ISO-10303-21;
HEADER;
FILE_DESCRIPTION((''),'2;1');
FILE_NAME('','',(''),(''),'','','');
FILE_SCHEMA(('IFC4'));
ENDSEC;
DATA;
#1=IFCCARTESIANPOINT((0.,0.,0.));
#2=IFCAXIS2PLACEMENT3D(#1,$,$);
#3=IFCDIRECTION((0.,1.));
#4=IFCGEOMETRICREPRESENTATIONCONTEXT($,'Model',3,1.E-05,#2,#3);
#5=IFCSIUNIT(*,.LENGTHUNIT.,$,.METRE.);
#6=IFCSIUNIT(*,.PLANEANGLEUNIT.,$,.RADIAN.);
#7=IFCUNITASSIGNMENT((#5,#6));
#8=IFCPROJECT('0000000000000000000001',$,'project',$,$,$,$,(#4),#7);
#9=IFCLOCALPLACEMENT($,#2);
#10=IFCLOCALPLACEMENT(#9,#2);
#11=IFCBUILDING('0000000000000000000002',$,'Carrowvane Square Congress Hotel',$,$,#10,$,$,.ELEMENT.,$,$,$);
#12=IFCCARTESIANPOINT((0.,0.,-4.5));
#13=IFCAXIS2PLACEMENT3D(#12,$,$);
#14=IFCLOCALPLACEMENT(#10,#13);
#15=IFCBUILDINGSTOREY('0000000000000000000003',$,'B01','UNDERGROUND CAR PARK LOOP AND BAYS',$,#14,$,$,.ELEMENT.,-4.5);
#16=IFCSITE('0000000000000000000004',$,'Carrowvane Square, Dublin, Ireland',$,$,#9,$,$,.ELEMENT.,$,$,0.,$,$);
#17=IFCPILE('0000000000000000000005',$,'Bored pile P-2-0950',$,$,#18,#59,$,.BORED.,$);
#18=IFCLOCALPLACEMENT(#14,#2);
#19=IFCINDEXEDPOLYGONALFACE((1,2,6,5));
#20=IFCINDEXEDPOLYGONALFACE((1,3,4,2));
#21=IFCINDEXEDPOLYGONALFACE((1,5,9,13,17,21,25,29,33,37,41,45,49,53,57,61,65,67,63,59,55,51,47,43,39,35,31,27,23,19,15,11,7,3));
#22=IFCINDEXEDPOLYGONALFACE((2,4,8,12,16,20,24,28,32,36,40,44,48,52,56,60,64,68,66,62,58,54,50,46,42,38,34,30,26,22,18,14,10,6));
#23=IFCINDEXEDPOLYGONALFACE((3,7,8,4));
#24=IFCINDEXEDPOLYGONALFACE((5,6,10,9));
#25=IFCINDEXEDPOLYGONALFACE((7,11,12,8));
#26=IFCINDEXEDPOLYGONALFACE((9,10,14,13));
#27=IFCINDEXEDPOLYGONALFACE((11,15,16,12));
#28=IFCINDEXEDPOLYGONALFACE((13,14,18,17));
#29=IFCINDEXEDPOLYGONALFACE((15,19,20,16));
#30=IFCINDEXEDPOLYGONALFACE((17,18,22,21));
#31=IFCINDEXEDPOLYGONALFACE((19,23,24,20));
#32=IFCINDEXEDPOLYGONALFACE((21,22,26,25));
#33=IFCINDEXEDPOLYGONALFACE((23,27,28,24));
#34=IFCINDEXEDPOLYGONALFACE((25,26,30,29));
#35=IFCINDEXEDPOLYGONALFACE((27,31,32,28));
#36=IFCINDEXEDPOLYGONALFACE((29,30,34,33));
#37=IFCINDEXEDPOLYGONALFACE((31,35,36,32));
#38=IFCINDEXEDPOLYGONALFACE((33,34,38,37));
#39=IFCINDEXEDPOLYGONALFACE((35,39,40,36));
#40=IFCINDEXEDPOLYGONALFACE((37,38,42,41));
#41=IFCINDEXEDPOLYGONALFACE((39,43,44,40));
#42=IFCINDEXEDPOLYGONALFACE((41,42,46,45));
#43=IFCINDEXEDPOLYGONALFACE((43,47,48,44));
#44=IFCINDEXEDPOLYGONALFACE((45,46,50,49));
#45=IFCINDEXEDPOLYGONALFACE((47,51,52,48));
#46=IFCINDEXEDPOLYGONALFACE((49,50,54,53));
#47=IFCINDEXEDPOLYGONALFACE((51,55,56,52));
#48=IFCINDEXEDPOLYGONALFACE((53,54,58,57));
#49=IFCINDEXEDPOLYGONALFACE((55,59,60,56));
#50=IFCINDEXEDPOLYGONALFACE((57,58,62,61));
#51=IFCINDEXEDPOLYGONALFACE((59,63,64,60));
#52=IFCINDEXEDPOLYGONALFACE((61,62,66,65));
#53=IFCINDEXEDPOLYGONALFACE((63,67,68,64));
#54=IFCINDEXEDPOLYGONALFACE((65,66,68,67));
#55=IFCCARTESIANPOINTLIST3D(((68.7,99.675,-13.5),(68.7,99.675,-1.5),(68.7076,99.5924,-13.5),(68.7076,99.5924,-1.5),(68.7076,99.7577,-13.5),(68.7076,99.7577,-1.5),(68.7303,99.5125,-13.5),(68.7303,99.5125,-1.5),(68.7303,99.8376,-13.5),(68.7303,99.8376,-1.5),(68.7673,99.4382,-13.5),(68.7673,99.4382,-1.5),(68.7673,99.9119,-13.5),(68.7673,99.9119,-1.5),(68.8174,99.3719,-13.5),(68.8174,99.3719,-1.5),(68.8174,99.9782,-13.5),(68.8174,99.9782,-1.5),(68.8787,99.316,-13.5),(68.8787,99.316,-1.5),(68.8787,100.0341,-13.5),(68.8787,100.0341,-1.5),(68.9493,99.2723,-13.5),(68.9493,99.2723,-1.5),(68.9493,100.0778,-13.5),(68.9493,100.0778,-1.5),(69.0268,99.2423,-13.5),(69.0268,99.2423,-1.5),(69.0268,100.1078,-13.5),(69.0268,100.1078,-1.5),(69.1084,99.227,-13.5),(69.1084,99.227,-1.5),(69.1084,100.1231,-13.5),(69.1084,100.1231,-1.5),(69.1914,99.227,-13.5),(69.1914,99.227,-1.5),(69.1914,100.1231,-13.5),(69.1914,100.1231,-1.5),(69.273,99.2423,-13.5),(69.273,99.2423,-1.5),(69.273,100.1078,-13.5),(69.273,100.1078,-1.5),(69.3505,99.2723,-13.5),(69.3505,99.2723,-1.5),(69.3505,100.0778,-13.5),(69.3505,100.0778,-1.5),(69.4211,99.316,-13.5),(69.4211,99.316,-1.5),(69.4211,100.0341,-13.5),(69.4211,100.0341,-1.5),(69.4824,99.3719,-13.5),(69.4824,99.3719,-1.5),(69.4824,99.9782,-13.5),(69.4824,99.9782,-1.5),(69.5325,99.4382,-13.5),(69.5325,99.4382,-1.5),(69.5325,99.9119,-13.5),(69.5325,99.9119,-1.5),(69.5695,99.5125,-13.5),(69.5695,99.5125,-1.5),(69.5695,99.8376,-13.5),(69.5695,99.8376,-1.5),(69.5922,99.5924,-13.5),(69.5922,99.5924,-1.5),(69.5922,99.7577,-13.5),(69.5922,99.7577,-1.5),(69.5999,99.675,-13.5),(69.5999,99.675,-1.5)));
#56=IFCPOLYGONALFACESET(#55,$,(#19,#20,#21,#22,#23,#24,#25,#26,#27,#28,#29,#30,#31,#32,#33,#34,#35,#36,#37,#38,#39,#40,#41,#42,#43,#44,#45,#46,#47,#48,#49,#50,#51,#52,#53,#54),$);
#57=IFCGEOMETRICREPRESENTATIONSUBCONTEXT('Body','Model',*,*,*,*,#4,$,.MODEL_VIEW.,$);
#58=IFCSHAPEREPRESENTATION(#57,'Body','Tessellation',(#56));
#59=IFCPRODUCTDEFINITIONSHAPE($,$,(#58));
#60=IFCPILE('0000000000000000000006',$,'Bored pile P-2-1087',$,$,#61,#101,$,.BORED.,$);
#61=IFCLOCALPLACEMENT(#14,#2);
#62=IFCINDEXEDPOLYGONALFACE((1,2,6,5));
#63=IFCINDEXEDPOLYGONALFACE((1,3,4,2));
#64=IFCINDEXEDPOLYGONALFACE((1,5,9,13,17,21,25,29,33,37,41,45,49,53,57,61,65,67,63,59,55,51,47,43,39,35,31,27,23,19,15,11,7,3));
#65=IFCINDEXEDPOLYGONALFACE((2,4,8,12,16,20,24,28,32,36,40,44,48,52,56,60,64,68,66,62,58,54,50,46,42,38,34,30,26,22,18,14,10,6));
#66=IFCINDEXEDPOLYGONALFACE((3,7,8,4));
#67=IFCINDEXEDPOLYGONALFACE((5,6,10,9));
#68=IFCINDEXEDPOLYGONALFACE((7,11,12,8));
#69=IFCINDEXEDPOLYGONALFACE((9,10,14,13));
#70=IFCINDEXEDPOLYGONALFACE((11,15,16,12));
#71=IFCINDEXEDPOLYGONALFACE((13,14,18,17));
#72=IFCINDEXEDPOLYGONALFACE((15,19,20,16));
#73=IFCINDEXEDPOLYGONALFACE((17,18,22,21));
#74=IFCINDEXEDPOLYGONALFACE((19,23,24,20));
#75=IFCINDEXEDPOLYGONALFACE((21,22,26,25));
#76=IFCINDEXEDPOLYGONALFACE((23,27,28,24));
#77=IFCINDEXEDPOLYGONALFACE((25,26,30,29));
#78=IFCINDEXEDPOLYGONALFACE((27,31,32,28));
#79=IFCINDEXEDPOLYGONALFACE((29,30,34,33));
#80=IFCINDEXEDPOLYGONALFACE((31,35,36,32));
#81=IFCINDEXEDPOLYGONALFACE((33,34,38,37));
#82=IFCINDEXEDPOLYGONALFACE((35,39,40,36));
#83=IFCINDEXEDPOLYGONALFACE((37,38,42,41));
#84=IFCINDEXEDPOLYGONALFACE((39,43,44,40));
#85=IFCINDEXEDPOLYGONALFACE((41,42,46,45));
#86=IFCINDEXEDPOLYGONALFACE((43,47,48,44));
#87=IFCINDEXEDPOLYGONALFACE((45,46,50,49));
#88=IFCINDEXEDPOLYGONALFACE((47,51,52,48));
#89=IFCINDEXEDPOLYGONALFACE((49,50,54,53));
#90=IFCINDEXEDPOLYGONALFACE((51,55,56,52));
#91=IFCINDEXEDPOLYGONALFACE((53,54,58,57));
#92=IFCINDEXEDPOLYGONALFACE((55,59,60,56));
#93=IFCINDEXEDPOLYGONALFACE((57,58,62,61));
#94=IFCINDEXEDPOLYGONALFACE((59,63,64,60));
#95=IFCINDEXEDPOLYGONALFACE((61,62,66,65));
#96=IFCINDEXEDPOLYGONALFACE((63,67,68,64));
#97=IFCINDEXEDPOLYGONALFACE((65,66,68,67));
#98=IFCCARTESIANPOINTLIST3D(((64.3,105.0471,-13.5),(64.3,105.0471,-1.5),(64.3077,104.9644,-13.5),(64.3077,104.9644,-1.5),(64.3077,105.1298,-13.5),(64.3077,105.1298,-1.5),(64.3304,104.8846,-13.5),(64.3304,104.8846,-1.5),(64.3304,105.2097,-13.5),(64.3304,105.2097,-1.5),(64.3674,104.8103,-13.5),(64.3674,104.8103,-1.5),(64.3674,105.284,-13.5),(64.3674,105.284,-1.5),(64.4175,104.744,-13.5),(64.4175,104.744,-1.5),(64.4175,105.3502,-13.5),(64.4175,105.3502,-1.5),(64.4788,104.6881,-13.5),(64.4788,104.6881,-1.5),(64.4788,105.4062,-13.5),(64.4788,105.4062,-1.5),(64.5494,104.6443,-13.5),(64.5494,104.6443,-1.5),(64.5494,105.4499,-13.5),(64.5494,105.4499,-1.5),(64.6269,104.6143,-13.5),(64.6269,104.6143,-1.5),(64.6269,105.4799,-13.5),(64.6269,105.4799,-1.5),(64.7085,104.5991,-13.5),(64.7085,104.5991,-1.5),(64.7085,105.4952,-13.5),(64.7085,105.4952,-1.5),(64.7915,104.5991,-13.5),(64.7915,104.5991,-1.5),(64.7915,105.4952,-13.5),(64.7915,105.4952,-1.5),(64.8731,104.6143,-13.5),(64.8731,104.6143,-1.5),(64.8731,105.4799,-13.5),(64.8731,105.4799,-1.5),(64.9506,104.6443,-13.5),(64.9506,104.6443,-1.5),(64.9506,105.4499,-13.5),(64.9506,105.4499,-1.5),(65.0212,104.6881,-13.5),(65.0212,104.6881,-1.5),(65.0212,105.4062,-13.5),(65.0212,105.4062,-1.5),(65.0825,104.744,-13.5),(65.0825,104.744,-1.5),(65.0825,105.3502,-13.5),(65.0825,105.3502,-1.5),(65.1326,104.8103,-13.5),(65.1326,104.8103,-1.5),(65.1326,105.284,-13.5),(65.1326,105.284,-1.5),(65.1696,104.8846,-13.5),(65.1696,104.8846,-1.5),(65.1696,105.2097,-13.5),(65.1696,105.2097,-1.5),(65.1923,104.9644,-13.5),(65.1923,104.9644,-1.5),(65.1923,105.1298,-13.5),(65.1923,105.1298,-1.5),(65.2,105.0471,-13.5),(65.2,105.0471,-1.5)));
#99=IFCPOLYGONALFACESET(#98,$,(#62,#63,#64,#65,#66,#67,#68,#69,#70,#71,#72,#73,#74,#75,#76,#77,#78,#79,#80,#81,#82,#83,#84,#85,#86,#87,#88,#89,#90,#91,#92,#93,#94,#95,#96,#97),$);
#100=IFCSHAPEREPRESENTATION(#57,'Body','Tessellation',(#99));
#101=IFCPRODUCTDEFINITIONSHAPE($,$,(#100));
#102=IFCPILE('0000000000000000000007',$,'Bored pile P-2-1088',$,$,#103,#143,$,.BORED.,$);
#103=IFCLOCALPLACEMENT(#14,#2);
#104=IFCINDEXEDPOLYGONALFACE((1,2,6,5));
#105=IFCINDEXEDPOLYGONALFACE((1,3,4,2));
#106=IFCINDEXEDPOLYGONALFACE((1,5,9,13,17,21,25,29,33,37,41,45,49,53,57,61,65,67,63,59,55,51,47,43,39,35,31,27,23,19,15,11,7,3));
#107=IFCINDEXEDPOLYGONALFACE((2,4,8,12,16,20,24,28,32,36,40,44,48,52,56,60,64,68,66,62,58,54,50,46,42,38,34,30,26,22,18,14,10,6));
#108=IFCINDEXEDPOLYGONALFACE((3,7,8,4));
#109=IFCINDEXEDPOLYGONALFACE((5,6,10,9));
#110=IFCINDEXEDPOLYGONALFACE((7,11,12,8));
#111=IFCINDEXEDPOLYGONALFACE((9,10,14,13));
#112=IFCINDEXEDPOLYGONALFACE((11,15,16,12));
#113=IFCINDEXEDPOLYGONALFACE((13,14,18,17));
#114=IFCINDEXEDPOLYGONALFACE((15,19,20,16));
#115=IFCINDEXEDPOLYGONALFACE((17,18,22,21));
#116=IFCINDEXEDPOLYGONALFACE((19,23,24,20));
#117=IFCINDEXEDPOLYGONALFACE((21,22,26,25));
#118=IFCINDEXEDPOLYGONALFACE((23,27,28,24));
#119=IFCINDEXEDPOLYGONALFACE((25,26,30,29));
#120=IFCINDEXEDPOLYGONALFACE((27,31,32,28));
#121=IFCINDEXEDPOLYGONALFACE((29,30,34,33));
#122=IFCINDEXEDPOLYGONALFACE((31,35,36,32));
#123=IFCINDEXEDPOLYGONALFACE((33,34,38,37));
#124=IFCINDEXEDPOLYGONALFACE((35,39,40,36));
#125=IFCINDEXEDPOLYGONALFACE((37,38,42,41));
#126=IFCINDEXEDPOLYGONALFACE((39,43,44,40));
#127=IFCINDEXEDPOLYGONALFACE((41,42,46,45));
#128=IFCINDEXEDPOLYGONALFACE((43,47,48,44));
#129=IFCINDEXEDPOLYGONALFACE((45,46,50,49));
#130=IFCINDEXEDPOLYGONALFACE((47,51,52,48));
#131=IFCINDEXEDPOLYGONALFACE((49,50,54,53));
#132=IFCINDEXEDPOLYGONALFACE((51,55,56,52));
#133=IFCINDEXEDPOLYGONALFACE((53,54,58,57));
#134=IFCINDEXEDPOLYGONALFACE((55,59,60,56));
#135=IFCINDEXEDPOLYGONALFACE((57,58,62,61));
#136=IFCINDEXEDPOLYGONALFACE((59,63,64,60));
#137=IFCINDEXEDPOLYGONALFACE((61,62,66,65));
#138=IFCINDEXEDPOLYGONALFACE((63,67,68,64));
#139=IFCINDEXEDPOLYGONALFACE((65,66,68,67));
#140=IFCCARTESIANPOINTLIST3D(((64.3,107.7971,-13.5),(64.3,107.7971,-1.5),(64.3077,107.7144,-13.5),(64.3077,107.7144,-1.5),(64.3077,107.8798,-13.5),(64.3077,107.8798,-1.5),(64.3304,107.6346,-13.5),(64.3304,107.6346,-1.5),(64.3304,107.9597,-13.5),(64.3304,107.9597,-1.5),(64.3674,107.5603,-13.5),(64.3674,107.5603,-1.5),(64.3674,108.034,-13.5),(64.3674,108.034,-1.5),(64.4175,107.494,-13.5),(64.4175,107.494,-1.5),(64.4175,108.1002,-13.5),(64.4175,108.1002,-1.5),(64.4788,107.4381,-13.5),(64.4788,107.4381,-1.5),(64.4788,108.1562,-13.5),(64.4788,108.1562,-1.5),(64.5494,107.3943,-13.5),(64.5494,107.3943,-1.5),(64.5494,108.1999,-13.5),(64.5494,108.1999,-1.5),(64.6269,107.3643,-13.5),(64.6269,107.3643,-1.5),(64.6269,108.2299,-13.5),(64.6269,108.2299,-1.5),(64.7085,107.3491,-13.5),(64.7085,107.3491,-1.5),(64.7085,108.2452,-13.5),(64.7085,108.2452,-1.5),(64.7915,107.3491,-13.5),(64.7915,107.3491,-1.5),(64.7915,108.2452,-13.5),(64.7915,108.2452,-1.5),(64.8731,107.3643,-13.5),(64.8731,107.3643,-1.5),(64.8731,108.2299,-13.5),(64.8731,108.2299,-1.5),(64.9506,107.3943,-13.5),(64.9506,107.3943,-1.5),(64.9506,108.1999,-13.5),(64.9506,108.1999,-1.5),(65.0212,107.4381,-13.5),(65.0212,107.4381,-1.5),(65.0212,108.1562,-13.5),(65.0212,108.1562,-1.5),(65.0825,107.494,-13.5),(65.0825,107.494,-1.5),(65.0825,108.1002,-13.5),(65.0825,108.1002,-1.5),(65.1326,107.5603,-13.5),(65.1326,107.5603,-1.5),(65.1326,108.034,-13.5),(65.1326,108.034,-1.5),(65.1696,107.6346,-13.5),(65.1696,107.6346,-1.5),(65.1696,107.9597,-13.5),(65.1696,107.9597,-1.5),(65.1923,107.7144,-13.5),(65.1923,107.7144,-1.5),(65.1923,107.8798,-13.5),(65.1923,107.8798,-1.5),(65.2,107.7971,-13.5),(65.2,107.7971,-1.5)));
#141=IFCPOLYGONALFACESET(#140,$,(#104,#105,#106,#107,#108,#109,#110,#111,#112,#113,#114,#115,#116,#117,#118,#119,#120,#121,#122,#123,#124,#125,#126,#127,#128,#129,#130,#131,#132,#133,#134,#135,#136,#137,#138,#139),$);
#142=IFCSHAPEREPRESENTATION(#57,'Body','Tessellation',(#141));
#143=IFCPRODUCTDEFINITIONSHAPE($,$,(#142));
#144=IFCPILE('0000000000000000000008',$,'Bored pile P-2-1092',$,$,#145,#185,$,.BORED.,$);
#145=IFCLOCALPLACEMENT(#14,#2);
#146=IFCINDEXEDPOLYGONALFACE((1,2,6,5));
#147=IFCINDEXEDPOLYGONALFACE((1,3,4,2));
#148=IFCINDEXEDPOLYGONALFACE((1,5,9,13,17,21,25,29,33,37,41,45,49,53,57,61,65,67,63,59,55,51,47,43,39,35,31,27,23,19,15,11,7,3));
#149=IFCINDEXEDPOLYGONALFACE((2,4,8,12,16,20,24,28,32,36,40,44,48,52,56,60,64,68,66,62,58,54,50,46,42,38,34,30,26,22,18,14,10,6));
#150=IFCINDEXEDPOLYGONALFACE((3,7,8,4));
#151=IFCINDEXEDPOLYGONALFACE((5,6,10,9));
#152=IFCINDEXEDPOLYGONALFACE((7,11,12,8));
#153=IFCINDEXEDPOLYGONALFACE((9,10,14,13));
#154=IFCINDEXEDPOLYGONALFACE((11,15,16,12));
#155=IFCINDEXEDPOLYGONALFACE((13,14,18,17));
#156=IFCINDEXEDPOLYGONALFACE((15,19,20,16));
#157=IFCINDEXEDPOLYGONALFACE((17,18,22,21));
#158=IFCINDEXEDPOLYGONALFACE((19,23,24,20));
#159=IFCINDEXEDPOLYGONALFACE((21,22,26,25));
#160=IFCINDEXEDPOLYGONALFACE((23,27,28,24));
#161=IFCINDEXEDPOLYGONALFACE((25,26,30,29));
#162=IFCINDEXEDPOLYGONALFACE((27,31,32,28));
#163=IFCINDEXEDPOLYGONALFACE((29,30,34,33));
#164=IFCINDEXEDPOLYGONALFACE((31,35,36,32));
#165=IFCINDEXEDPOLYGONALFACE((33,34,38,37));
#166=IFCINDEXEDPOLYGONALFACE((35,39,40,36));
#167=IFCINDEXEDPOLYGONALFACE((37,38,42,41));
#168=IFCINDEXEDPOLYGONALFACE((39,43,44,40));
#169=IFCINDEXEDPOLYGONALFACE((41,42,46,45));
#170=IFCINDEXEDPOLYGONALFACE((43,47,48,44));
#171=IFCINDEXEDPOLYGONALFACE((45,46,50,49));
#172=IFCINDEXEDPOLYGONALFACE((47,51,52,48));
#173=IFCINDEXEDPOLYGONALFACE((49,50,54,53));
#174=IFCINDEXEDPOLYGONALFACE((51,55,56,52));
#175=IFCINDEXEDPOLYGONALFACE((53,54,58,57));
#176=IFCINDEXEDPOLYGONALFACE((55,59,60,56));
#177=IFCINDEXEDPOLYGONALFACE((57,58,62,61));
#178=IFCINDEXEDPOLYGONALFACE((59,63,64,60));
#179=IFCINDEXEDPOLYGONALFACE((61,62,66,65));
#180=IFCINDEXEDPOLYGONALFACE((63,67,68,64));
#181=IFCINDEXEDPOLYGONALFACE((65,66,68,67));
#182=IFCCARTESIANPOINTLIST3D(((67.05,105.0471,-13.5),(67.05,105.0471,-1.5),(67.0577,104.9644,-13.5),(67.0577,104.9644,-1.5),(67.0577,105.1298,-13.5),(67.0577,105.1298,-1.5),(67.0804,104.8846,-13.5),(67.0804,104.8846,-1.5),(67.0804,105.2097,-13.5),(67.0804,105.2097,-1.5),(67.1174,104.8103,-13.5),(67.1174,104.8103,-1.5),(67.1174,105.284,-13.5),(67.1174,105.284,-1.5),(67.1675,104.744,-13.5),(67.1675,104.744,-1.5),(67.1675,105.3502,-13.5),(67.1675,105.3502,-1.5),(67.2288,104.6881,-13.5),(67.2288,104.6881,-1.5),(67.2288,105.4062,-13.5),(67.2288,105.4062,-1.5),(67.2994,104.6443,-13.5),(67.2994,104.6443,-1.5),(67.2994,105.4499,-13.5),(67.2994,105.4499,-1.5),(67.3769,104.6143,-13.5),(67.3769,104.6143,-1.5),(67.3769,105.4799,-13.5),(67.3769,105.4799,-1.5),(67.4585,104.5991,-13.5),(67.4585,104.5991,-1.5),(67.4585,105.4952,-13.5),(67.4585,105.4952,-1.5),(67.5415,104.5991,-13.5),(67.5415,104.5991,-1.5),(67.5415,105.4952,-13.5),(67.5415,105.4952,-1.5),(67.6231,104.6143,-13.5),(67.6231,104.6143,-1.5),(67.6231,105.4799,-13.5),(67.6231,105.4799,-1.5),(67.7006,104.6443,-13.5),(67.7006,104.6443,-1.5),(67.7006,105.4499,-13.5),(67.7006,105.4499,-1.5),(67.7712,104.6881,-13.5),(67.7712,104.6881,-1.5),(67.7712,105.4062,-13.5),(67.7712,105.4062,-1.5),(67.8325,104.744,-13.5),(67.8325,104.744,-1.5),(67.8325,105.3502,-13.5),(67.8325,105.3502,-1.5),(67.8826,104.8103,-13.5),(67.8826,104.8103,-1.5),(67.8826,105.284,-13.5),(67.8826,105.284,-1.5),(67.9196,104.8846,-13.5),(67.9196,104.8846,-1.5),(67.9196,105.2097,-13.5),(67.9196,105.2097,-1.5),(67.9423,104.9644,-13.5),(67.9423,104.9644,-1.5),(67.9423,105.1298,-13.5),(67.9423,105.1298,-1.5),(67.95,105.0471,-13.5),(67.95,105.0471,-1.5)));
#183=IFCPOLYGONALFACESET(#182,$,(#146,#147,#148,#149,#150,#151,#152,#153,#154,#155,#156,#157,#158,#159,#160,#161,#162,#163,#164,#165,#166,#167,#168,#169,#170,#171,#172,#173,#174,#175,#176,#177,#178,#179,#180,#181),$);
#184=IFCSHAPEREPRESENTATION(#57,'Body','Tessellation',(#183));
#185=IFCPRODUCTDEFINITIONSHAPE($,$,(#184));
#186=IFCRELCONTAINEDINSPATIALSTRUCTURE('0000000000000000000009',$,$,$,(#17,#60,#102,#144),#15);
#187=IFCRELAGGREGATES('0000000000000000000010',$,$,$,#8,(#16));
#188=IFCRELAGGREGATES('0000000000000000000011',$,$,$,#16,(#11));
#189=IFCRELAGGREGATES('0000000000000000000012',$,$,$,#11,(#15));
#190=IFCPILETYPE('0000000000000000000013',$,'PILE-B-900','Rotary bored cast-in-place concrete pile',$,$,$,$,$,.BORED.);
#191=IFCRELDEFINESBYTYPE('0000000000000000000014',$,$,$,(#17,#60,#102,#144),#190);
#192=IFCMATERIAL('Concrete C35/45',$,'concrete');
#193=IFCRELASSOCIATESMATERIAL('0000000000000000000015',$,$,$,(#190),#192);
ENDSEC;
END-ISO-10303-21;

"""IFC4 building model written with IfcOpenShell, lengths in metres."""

from ifc_helpers import new_model, si_unit, direction, frame, origin, origin_2d, place, context, subcontext, project, spatial, circle, extrude, material, material_profile, profile_set, type_object, element, save


model = new_model("IFC4")

# Units and contexts
model_context = context("Model", 3, precision=1e-05, world=origin(), true_north=direction((0.0, 1.0)))
body_context = subcontext(model_context, "Body", "Model", "MODEL_VIEW")
ifc_project = project(units=[si_unit("LENGTHUNIT", "METRE"), si_unit("PLANEANGLEUNIT", "RADIAN")], contexts=[model_context])

# Site, building, storey
site_placement = place(None, origin())
site = spatial("IfcSite", under=ifc_project, at=site_placement, Name="Carrowvane Square, Dublin, Ireland", CompositionType="ELEMENT", RefElevation=0.0)
building_placement = place(site_placement, origin())
building = spatial("IfcBuilding", under=site, at=building_placement, Name="Carrowvane Square Congress Hotel", CompositionType="ELEMENT")
storey_placement = place(building_placement, frame((0.0, 0.0, -4.5)))
storey = spatial("IfcBuildingStorey", under=building, at=storey_placement, Name="B01", Description="UNDERGROUND CAR PARK LOOP AND BAYS", CompositionType="ELEMENT", Elevation=-4.5)

# Piles
ifc_material_1 = material(Name="Concrete C35/45", Category="concrete")
ifc_material_profile_1 = material_profile(ifc_material_1, circle(Radius=0.45, at=origin_2d()), Name="PILE D900")
ifc_profile_set_1 = profile_set([ifc_material_profile_1], Name="Concrete C35/45")
pile_type_1 = type_object("IfcPileType", Name="PILE-B-900", Description="Rotary bored cast-in-place concrete pile", PredefinedType="BORED", material=ifc_profile_set_1)
for number, where, z_axis, x_axis, name in (
    (1, (69.1499, 99.675, -1.5), (0.0, 0.0, -1.0), (1.0, 0.0, 0.0), "Bored pile P-2-0950"),
    (2, (64.75, 105.0471, -1.5), (0.0, 0.0, -1.0), (1.0, 0.0, 0.0), "Bored pile P-2-1087"),
    (3, (64.75, 107.7971, -1.5), (0.0, 0.0, -1.0), (1.0, 0.0, 0.0), "Bored pile P-2-1088"),
    (4, (67.5, 105.0471, -1.5), (0.0, 0.0, -1.0), (1.0, 0.0, 0.0), "Bored pile P-2-1092"),
):
    element("IfcPile", number, at=place(storey_placement, frame(where, z_axis=z_axis, x_axis=x_axis)), inside=storey, type_object=pile_type_1, Name=name, PredefinedType="BORED", context=body_context, shape_type="SweptSolid", body=[
        extrude(circle(Radius=0.45, at=origin_2d()), origin(), (0.0, 0.0, 1.0), 12.0),
    ])

save(model, "model.ifc")
